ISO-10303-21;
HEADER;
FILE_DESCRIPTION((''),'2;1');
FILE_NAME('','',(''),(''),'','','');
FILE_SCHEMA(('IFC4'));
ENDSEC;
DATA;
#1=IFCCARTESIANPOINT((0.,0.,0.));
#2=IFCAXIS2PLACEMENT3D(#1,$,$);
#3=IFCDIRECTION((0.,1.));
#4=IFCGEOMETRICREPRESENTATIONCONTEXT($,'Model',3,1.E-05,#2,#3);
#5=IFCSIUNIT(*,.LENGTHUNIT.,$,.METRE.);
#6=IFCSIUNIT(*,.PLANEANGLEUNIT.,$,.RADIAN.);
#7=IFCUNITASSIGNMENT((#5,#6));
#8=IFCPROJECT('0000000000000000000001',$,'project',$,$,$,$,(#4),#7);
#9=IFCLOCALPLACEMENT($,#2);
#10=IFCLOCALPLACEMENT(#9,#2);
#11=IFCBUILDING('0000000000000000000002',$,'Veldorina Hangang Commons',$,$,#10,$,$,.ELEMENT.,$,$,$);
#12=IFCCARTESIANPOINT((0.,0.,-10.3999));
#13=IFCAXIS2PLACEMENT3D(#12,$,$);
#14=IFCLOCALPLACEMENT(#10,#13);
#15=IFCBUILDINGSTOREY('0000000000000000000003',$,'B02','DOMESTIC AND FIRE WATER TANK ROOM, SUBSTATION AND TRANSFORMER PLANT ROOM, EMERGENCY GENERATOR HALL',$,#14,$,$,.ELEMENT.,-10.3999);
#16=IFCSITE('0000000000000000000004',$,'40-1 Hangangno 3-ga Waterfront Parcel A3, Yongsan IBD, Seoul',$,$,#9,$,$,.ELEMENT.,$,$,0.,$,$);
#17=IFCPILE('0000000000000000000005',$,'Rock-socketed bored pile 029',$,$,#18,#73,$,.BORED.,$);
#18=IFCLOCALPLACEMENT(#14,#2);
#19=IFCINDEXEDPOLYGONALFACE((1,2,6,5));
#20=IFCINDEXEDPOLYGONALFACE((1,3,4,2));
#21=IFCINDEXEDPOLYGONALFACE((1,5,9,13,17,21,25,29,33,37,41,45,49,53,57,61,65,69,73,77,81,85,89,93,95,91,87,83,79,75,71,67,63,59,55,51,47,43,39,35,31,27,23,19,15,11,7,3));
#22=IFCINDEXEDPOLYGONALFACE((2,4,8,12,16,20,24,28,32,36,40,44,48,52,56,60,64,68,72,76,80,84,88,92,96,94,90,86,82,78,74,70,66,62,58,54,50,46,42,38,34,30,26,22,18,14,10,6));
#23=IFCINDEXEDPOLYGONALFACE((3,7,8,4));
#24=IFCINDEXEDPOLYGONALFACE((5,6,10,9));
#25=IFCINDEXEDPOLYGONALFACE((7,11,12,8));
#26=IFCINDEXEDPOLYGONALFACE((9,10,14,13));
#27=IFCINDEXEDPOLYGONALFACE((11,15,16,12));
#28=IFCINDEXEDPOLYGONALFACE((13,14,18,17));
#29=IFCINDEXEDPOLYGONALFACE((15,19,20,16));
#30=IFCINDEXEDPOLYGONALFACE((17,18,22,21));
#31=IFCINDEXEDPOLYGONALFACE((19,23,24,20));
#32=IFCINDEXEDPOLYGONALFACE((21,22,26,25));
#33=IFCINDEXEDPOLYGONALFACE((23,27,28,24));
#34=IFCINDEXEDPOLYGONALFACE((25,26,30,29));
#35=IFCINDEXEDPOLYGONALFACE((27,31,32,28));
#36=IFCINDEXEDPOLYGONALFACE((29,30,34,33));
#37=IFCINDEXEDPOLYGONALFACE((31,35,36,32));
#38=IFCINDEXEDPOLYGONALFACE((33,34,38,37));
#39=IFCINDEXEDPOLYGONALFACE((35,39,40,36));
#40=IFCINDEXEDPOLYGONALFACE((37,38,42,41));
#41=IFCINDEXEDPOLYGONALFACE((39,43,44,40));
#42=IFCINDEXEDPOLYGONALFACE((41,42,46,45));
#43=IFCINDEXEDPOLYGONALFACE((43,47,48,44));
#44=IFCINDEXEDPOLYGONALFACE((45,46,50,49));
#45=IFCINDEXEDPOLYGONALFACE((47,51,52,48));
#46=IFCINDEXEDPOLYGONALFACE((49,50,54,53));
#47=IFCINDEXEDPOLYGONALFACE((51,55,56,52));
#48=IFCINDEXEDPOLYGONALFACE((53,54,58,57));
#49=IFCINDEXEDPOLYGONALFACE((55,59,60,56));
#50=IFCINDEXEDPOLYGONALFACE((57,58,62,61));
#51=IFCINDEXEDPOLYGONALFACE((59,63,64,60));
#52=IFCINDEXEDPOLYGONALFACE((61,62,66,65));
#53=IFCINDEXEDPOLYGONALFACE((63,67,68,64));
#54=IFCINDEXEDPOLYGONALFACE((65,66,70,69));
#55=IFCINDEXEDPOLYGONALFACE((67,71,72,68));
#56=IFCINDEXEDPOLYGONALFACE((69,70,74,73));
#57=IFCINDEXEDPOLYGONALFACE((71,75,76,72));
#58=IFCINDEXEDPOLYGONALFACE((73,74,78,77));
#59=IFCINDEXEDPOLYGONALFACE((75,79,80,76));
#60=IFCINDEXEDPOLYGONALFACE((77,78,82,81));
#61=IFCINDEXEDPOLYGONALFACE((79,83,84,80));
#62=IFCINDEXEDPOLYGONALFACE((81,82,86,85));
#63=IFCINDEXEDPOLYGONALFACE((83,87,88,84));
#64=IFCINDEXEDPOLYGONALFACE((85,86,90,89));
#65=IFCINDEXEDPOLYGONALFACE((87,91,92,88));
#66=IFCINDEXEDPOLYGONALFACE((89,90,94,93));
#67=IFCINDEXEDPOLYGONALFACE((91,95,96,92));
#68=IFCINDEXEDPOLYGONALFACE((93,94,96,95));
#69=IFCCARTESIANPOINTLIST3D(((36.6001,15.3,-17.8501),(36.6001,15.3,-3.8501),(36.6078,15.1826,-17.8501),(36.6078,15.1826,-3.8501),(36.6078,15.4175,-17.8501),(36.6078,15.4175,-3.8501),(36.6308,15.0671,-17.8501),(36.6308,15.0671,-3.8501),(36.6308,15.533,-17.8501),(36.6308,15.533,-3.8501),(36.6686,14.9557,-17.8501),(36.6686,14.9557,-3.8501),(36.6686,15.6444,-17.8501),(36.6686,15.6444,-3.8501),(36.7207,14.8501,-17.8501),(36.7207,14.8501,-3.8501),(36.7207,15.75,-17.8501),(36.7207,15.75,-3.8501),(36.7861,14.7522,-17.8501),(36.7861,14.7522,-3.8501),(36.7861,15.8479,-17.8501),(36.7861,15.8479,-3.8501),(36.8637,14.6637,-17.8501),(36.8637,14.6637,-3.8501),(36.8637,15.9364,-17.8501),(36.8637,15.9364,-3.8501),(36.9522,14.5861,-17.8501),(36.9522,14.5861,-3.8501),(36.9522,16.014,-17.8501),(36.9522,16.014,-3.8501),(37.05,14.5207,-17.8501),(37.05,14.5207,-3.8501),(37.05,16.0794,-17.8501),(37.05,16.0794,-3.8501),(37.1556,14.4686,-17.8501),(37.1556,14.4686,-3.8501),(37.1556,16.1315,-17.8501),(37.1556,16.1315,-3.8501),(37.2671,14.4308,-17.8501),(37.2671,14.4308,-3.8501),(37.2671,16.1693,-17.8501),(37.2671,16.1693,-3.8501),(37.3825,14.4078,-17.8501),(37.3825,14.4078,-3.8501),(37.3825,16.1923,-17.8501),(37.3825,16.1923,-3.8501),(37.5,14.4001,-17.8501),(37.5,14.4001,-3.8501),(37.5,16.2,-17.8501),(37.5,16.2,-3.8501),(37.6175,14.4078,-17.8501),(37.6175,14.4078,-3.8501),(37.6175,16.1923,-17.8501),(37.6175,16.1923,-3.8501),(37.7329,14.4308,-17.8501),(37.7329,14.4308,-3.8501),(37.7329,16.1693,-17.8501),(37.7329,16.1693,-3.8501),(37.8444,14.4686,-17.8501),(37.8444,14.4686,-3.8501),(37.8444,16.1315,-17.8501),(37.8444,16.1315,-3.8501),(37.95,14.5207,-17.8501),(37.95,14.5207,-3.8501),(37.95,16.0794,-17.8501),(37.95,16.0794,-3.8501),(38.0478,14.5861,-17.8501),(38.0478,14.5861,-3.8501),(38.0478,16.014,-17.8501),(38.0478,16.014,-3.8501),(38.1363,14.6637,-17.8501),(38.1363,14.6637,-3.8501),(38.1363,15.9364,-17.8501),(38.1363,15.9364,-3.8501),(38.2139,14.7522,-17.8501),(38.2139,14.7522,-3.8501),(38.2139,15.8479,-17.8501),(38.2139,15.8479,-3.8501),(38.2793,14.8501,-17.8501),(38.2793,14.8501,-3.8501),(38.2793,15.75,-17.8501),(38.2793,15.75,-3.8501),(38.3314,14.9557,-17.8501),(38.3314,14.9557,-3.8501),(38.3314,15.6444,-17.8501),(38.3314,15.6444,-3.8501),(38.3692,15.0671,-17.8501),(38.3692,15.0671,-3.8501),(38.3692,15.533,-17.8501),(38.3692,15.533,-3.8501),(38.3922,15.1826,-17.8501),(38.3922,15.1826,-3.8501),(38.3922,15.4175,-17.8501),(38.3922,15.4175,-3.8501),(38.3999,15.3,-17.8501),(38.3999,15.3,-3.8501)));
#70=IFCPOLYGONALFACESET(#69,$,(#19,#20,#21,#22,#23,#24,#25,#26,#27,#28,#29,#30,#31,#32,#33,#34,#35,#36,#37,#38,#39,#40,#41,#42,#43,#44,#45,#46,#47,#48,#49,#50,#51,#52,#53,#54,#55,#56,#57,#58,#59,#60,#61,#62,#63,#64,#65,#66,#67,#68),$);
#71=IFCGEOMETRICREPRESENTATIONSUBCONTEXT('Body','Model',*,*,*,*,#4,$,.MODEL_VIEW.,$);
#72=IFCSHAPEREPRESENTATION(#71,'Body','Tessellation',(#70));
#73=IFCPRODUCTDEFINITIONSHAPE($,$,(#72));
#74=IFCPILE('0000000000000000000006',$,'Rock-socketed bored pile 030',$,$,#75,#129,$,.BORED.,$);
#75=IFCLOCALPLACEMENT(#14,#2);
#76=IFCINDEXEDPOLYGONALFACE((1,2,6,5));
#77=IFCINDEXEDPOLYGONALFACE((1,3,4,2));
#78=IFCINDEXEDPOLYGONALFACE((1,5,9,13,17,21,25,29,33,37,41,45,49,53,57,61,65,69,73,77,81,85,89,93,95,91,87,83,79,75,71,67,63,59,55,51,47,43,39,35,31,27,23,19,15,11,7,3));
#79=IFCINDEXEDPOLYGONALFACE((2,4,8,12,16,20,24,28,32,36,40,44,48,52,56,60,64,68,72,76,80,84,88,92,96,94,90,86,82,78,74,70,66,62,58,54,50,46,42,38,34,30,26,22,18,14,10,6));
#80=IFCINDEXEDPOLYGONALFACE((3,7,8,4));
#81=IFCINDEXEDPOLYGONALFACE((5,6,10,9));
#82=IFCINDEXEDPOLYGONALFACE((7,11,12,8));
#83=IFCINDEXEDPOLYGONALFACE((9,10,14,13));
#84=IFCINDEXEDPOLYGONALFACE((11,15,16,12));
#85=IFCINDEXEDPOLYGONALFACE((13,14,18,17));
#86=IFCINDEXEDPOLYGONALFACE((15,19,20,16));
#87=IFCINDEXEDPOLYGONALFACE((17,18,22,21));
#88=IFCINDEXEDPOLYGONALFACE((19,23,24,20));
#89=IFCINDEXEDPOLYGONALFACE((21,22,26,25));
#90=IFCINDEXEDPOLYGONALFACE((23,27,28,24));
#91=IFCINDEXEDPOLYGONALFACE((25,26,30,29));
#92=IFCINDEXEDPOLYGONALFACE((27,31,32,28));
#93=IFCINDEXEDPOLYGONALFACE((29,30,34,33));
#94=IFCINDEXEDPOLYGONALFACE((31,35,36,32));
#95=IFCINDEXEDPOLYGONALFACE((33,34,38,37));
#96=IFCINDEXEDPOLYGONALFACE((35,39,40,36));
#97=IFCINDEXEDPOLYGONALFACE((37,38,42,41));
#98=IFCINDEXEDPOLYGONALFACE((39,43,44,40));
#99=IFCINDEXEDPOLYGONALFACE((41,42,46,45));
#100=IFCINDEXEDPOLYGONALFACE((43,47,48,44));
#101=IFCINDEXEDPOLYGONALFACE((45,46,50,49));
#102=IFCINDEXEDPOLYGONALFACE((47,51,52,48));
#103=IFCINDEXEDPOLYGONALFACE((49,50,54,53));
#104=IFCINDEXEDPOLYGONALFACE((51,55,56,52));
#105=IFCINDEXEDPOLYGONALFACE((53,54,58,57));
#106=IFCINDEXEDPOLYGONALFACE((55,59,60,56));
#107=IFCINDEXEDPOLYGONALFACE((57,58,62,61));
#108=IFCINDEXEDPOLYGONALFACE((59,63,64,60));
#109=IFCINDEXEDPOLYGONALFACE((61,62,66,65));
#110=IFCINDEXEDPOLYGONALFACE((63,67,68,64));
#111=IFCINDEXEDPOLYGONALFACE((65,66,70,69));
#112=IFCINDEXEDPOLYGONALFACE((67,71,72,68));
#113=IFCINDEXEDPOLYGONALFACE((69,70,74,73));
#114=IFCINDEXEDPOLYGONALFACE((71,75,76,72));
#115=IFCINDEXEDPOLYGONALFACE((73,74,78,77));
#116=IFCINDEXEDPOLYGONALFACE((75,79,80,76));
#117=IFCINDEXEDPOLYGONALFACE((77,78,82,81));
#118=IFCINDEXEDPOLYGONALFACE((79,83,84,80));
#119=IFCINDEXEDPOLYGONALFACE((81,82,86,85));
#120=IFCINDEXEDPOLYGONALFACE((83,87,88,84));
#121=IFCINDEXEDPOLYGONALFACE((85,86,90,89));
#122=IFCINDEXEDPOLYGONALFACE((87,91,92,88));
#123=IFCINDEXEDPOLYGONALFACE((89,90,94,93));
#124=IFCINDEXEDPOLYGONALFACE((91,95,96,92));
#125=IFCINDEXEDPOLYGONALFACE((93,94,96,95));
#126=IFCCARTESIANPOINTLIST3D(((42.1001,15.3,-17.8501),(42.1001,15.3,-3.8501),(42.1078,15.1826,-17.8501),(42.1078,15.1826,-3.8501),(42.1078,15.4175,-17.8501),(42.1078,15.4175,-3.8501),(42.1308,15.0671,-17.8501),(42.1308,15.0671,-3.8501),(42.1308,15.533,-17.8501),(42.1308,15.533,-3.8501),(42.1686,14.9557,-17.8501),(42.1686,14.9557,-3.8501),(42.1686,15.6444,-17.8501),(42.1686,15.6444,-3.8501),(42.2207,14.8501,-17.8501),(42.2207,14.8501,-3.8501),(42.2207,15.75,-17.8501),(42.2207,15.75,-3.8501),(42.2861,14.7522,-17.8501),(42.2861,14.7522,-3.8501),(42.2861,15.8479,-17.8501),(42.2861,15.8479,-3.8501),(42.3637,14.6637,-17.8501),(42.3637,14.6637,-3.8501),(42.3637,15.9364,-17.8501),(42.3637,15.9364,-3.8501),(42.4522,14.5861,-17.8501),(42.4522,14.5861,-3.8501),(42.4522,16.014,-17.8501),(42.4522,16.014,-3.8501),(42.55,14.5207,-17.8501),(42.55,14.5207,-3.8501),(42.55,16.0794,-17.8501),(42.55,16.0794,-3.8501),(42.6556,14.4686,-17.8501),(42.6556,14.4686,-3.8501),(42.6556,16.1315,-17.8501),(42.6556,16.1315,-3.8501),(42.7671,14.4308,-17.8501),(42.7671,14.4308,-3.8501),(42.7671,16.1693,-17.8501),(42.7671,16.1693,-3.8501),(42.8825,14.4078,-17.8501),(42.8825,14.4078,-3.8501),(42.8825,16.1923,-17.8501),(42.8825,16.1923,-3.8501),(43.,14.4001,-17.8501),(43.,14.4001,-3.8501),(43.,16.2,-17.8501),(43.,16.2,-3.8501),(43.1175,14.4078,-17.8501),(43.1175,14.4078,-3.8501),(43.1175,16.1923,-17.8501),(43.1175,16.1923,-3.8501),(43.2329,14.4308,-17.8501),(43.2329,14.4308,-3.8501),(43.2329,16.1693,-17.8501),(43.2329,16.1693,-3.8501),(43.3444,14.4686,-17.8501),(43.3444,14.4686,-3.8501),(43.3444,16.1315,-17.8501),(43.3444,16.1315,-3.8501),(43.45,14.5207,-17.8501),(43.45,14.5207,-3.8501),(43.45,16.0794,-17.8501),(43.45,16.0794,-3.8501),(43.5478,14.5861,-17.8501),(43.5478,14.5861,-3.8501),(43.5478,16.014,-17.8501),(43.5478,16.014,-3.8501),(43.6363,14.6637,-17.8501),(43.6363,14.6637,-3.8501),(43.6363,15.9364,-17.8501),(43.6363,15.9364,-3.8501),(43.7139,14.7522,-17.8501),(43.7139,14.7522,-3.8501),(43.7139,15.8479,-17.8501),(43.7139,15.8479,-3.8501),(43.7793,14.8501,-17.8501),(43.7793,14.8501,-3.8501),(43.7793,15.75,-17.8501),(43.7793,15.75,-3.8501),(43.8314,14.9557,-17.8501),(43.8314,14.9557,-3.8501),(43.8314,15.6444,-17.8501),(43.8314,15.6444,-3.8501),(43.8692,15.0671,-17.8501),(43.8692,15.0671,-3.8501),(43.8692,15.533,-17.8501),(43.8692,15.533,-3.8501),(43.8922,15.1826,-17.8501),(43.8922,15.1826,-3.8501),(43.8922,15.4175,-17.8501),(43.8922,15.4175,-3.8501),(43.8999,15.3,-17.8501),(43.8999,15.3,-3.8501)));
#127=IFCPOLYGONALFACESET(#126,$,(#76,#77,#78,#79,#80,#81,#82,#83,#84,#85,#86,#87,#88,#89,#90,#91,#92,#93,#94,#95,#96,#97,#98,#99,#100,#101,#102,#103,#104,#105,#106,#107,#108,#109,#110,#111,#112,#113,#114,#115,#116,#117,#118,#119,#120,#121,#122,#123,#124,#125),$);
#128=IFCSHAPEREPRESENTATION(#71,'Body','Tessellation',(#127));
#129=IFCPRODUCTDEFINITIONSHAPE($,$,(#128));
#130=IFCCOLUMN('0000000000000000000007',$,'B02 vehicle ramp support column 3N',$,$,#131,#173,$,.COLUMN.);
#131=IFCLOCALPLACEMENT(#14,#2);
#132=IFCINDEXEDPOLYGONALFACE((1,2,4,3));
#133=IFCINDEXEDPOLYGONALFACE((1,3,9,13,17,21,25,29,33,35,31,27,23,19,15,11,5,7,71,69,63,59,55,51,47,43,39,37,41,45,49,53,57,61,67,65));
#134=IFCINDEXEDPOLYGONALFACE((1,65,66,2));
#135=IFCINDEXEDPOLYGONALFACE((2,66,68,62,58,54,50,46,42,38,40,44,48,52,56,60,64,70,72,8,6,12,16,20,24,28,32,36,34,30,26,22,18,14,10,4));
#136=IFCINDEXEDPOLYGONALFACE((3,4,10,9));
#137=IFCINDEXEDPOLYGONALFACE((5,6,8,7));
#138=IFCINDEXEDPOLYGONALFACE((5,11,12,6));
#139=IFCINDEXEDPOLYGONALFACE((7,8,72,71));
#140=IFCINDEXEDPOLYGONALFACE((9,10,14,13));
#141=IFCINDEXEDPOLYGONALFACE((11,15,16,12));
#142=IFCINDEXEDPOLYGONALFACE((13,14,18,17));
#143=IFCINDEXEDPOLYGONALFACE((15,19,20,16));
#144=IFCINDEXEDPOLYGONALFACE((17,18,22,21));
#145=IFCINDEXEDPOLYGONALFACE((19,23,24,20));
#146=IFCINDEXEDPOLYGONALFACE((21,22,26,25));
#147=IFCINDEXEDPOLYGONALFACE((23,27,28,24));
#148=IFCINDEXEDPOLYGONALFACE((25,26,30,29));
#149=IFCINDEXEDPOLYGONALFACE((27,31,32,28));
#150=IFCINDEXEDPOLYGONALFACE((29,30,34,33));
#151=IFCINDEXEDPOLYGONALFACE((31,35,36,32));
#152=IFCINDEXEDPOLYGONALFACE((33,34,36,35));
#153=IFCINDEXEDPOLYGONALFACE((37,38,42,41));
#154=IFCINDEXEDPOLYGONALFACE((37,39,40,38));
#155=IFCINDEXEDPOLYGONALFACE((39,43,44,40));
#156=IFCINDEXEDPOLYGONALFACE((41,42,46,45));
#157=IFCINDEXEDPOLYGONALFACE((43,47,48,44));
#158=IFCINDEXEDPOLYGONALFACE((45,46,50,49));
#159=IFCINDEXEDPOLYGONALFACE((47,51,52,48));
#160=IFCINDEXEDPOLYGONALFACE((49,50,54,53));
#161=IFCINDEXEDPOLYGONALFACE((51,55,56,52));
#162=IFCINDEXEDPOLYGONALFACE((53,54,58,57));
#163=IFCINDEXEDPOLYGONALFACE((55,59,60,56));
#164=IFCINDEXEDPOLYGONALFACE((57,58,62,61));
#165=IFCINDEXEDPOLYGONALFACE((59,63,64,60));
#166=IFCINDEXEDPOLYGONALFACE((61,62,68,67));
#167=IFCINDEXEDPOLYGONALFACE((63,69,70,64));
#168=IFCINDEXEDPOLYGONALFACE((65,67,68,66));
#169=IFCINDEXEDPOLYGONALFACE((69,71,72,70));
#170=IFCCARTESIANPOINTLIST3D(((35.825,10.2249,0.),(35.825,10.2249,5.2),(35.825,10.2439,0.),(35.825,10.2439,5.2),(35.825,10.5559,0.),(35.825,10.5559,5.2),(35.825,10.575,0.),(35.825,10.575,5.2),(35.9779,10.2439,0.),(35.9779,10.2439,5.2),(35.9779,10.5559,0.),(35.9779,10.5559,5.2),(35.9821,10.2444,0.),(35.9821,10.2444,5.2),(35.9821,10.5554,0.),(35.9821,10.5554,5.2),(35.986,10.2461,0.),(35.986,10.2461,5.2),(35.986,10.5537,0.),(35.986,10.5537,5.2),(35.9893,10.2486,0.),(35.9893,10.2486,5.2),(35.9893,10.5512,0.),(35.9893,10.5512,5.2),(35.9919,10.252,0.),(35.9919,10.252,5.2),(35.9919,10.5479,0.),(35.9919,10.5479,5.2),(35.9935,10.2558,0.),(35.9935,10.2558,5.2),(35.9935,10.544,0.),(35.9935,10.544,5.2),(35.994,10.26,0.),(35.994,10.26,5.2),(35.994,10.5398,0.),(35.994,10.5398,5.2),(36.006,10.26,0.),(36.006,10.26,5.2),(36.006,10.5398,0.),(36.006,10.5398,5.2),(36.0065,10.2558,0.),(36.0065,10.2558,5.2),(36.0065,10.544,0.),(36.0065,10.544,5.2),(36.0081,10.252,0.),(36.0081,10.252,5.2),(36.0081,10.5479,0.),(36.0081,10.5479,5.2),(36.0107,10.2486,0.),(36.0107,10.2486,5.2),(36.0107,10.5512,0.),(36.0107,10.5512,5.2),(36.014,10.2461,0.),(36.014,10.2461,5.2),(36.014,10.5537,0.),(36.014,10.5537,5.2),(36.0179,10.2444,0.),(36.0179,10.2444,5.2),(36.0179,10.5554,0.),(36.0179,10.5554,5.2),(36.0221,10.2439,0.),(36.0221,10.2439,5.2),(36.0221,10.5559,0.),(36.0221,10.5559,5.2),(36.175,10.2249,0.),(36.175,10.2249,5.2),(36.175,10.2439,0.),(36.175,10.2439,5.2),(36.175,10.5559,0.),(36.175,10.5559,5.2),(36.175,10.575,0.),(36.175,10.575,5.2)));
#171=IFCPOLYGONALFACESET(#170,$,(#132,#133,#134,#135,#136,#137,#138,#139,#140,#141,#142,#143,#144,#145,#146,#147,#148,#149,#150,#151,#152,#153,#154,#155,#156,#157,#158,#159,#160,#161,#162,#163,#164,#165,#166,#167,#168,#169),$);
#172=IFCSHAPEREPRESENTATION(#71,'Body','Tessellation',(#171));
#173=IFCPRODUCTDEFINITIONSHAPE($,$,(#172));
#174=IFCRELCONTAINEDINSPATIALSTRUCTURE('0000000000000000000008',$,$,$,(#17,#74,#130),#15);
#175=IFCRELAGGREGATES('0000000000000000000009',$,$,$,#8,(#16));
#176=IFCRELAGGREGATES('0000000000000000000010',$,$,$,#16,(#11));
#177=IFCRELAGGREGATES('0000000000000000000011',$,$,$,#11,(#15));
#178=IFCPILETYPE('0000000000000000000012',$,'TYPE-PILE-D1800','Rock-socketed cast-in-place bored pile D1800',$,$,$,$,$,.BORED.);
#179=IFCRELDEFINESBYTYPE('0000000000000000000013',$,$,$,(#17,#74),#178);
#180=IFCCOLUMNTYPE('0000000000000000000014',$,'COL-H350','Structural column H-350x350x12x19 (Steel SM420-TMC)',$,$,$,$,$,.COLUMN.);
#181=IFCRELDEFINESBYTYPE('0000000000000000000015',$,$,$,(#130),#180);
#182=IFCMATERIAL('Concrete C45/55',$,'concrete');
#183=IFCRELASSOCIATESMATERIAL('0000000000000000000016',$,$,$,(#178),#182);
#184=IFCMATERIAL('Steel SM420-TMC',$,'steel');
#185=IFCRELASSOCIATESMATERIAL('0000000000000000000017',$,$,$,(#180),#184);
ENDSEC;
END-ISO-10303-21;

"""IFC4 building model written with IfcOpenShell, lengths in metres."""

from ifc_helpers import new_model, si_unit, direction, frame, origin, origin_2d, place, context, subcontext, project, spatial, circle, i_section, extrude, material, material_profile, profile_set, type_object, element, save


model = new_model("IFC4")

# Units and contexts
model_context = context("Model", 3, precision=1e-05, world=origin(), true_north=direction((0.0, 1.0)))
body_context = subcontext(model_context, "Body", "Model", "MODEL_VIEW")
ifc_project = project(units=[si_unit("LENGTHUNIT", "METRE"), si_unit("PLANEANGLEUNIT", "RADIAN")], contexts=[model_context])

# Site, building, storey
site_placement = place(None, origin())
site = spatial("IfcSite", under=ifc_project, at=site_placement, Name="40-1 Hangangno 3-ga Waterfront Parcel A3, Yongsan IBD, Seoul", CompositionType="ELEMENT", RefElevation=0.0)
building_placement = place(site_placement, origin())
building = spatial("IfcBuilding", under=site, at=building_placement, Name="Veldorina Hangang Commons", CompositionType="ELEMENT")
storey_placement = place(building_placement, frame((0.0, 0.0, -10.3999)))
storey = spatial("IfcBuildingStorey", under=building, at=storey_placement, Name="B02", Description="DOMESTIC AND FIRE WATER TANK ROOM, SUBSTATION AND TRANSFORMER PLANT ROOM, EMERGENCY GENERATOR HALL", CompositionType="ELEMENT", Elevation=-10.3999)

# Piles
ifc_material_1 = material(Name="Concrete C45/55", Category="concrete")
ifc_material_profile_1 = material_profile(ifc_material_1, circle(Radius=0.8999, at=origin_2d()), Name="PILE-D1800")
ifc_profile_set_1 = profile_set([ifc_material_profile_1], Name="Concrete C45/55")
pile_type = type_object("IfcPileType", Name="TYPE-PILE-D1800", Description="Rock-socketed cast-in-place bored pile D1800", PredefinedType="BORED", material=ifc_profile_set_1)
for number, where, z_axis, x_axis, name in (
    (1, (37.5, 15.3, -3.8501), (0.0, 0.0, -1.0), (1.0, 0.0, 0.0), "Rock-socketed bored pile 029"),
    (2, (43.0, 15.3, -3.8501), (0.0, 0.0, -1.0), (1.0, 0.0, 0.0), "Rock-socketed bored pile 030"),
):
    element("IfcPile", number, at=place(storey_placement, frame(where, z_axis=z_axis, x_axis=x_axis)), inside=storey, type_object=pile_type, Name=name, PredefinedType="BORED", context=body_context, shape_type="SweptSolid", body=[
        extrude(circle(Radius=0.8999, at=origin_2d()), origin(), (0.0, 0.0, 1.0), 14.0),
    ])

# Column
ifc_material_2 = material(Name="Steel SM420-TMC", Category="steel")
ifc_material_profile_2 = material_profile(ifc_material_2, i_section(OverallWidth=0.3501, OverallDepth=0.3501, WebThickness=0.012, FlangeThickness=0.019, FilletRadius=0.0161, at=origin_2d()), Name="H-350x350x12x19")
ifc_profile_set_2 = profile_set([ifc_material_profile_2], Name="Steel SM420-TMC")
column_type = type_object("IfcColumnType", Name="COL-H350", Description="Structural column H-350x350x12x19 (Steel SM420-TMC)", PredefinedType="COLUMN", material=ifc_profile_set_2)
column_placement = place(storey_placement, frame((36.0, 10.3999, 0.0), z_axis=(0.0, 0.0, 1.0), x_axis=(1.0, 0.0, 0.0)))
element("IfcColumn", 3, at=column_placement, inside=storey, type_object=column_type, Name="B02 vehicle ramp support column 3N", PredefinedType="COLUMN", context=body_context, shape_type="SweptSolid", body=[
    extrude(i_section(OverallWidth=0.3501, OverallDepth=0.3501, WebThickness=0.012, FlangeThickness=0.019, FilletRadius=0.0161, at=origin_2d()), origin(), (0.0, 0.0, 1.0), 5.2),
])

save(model, "model.ifc")
